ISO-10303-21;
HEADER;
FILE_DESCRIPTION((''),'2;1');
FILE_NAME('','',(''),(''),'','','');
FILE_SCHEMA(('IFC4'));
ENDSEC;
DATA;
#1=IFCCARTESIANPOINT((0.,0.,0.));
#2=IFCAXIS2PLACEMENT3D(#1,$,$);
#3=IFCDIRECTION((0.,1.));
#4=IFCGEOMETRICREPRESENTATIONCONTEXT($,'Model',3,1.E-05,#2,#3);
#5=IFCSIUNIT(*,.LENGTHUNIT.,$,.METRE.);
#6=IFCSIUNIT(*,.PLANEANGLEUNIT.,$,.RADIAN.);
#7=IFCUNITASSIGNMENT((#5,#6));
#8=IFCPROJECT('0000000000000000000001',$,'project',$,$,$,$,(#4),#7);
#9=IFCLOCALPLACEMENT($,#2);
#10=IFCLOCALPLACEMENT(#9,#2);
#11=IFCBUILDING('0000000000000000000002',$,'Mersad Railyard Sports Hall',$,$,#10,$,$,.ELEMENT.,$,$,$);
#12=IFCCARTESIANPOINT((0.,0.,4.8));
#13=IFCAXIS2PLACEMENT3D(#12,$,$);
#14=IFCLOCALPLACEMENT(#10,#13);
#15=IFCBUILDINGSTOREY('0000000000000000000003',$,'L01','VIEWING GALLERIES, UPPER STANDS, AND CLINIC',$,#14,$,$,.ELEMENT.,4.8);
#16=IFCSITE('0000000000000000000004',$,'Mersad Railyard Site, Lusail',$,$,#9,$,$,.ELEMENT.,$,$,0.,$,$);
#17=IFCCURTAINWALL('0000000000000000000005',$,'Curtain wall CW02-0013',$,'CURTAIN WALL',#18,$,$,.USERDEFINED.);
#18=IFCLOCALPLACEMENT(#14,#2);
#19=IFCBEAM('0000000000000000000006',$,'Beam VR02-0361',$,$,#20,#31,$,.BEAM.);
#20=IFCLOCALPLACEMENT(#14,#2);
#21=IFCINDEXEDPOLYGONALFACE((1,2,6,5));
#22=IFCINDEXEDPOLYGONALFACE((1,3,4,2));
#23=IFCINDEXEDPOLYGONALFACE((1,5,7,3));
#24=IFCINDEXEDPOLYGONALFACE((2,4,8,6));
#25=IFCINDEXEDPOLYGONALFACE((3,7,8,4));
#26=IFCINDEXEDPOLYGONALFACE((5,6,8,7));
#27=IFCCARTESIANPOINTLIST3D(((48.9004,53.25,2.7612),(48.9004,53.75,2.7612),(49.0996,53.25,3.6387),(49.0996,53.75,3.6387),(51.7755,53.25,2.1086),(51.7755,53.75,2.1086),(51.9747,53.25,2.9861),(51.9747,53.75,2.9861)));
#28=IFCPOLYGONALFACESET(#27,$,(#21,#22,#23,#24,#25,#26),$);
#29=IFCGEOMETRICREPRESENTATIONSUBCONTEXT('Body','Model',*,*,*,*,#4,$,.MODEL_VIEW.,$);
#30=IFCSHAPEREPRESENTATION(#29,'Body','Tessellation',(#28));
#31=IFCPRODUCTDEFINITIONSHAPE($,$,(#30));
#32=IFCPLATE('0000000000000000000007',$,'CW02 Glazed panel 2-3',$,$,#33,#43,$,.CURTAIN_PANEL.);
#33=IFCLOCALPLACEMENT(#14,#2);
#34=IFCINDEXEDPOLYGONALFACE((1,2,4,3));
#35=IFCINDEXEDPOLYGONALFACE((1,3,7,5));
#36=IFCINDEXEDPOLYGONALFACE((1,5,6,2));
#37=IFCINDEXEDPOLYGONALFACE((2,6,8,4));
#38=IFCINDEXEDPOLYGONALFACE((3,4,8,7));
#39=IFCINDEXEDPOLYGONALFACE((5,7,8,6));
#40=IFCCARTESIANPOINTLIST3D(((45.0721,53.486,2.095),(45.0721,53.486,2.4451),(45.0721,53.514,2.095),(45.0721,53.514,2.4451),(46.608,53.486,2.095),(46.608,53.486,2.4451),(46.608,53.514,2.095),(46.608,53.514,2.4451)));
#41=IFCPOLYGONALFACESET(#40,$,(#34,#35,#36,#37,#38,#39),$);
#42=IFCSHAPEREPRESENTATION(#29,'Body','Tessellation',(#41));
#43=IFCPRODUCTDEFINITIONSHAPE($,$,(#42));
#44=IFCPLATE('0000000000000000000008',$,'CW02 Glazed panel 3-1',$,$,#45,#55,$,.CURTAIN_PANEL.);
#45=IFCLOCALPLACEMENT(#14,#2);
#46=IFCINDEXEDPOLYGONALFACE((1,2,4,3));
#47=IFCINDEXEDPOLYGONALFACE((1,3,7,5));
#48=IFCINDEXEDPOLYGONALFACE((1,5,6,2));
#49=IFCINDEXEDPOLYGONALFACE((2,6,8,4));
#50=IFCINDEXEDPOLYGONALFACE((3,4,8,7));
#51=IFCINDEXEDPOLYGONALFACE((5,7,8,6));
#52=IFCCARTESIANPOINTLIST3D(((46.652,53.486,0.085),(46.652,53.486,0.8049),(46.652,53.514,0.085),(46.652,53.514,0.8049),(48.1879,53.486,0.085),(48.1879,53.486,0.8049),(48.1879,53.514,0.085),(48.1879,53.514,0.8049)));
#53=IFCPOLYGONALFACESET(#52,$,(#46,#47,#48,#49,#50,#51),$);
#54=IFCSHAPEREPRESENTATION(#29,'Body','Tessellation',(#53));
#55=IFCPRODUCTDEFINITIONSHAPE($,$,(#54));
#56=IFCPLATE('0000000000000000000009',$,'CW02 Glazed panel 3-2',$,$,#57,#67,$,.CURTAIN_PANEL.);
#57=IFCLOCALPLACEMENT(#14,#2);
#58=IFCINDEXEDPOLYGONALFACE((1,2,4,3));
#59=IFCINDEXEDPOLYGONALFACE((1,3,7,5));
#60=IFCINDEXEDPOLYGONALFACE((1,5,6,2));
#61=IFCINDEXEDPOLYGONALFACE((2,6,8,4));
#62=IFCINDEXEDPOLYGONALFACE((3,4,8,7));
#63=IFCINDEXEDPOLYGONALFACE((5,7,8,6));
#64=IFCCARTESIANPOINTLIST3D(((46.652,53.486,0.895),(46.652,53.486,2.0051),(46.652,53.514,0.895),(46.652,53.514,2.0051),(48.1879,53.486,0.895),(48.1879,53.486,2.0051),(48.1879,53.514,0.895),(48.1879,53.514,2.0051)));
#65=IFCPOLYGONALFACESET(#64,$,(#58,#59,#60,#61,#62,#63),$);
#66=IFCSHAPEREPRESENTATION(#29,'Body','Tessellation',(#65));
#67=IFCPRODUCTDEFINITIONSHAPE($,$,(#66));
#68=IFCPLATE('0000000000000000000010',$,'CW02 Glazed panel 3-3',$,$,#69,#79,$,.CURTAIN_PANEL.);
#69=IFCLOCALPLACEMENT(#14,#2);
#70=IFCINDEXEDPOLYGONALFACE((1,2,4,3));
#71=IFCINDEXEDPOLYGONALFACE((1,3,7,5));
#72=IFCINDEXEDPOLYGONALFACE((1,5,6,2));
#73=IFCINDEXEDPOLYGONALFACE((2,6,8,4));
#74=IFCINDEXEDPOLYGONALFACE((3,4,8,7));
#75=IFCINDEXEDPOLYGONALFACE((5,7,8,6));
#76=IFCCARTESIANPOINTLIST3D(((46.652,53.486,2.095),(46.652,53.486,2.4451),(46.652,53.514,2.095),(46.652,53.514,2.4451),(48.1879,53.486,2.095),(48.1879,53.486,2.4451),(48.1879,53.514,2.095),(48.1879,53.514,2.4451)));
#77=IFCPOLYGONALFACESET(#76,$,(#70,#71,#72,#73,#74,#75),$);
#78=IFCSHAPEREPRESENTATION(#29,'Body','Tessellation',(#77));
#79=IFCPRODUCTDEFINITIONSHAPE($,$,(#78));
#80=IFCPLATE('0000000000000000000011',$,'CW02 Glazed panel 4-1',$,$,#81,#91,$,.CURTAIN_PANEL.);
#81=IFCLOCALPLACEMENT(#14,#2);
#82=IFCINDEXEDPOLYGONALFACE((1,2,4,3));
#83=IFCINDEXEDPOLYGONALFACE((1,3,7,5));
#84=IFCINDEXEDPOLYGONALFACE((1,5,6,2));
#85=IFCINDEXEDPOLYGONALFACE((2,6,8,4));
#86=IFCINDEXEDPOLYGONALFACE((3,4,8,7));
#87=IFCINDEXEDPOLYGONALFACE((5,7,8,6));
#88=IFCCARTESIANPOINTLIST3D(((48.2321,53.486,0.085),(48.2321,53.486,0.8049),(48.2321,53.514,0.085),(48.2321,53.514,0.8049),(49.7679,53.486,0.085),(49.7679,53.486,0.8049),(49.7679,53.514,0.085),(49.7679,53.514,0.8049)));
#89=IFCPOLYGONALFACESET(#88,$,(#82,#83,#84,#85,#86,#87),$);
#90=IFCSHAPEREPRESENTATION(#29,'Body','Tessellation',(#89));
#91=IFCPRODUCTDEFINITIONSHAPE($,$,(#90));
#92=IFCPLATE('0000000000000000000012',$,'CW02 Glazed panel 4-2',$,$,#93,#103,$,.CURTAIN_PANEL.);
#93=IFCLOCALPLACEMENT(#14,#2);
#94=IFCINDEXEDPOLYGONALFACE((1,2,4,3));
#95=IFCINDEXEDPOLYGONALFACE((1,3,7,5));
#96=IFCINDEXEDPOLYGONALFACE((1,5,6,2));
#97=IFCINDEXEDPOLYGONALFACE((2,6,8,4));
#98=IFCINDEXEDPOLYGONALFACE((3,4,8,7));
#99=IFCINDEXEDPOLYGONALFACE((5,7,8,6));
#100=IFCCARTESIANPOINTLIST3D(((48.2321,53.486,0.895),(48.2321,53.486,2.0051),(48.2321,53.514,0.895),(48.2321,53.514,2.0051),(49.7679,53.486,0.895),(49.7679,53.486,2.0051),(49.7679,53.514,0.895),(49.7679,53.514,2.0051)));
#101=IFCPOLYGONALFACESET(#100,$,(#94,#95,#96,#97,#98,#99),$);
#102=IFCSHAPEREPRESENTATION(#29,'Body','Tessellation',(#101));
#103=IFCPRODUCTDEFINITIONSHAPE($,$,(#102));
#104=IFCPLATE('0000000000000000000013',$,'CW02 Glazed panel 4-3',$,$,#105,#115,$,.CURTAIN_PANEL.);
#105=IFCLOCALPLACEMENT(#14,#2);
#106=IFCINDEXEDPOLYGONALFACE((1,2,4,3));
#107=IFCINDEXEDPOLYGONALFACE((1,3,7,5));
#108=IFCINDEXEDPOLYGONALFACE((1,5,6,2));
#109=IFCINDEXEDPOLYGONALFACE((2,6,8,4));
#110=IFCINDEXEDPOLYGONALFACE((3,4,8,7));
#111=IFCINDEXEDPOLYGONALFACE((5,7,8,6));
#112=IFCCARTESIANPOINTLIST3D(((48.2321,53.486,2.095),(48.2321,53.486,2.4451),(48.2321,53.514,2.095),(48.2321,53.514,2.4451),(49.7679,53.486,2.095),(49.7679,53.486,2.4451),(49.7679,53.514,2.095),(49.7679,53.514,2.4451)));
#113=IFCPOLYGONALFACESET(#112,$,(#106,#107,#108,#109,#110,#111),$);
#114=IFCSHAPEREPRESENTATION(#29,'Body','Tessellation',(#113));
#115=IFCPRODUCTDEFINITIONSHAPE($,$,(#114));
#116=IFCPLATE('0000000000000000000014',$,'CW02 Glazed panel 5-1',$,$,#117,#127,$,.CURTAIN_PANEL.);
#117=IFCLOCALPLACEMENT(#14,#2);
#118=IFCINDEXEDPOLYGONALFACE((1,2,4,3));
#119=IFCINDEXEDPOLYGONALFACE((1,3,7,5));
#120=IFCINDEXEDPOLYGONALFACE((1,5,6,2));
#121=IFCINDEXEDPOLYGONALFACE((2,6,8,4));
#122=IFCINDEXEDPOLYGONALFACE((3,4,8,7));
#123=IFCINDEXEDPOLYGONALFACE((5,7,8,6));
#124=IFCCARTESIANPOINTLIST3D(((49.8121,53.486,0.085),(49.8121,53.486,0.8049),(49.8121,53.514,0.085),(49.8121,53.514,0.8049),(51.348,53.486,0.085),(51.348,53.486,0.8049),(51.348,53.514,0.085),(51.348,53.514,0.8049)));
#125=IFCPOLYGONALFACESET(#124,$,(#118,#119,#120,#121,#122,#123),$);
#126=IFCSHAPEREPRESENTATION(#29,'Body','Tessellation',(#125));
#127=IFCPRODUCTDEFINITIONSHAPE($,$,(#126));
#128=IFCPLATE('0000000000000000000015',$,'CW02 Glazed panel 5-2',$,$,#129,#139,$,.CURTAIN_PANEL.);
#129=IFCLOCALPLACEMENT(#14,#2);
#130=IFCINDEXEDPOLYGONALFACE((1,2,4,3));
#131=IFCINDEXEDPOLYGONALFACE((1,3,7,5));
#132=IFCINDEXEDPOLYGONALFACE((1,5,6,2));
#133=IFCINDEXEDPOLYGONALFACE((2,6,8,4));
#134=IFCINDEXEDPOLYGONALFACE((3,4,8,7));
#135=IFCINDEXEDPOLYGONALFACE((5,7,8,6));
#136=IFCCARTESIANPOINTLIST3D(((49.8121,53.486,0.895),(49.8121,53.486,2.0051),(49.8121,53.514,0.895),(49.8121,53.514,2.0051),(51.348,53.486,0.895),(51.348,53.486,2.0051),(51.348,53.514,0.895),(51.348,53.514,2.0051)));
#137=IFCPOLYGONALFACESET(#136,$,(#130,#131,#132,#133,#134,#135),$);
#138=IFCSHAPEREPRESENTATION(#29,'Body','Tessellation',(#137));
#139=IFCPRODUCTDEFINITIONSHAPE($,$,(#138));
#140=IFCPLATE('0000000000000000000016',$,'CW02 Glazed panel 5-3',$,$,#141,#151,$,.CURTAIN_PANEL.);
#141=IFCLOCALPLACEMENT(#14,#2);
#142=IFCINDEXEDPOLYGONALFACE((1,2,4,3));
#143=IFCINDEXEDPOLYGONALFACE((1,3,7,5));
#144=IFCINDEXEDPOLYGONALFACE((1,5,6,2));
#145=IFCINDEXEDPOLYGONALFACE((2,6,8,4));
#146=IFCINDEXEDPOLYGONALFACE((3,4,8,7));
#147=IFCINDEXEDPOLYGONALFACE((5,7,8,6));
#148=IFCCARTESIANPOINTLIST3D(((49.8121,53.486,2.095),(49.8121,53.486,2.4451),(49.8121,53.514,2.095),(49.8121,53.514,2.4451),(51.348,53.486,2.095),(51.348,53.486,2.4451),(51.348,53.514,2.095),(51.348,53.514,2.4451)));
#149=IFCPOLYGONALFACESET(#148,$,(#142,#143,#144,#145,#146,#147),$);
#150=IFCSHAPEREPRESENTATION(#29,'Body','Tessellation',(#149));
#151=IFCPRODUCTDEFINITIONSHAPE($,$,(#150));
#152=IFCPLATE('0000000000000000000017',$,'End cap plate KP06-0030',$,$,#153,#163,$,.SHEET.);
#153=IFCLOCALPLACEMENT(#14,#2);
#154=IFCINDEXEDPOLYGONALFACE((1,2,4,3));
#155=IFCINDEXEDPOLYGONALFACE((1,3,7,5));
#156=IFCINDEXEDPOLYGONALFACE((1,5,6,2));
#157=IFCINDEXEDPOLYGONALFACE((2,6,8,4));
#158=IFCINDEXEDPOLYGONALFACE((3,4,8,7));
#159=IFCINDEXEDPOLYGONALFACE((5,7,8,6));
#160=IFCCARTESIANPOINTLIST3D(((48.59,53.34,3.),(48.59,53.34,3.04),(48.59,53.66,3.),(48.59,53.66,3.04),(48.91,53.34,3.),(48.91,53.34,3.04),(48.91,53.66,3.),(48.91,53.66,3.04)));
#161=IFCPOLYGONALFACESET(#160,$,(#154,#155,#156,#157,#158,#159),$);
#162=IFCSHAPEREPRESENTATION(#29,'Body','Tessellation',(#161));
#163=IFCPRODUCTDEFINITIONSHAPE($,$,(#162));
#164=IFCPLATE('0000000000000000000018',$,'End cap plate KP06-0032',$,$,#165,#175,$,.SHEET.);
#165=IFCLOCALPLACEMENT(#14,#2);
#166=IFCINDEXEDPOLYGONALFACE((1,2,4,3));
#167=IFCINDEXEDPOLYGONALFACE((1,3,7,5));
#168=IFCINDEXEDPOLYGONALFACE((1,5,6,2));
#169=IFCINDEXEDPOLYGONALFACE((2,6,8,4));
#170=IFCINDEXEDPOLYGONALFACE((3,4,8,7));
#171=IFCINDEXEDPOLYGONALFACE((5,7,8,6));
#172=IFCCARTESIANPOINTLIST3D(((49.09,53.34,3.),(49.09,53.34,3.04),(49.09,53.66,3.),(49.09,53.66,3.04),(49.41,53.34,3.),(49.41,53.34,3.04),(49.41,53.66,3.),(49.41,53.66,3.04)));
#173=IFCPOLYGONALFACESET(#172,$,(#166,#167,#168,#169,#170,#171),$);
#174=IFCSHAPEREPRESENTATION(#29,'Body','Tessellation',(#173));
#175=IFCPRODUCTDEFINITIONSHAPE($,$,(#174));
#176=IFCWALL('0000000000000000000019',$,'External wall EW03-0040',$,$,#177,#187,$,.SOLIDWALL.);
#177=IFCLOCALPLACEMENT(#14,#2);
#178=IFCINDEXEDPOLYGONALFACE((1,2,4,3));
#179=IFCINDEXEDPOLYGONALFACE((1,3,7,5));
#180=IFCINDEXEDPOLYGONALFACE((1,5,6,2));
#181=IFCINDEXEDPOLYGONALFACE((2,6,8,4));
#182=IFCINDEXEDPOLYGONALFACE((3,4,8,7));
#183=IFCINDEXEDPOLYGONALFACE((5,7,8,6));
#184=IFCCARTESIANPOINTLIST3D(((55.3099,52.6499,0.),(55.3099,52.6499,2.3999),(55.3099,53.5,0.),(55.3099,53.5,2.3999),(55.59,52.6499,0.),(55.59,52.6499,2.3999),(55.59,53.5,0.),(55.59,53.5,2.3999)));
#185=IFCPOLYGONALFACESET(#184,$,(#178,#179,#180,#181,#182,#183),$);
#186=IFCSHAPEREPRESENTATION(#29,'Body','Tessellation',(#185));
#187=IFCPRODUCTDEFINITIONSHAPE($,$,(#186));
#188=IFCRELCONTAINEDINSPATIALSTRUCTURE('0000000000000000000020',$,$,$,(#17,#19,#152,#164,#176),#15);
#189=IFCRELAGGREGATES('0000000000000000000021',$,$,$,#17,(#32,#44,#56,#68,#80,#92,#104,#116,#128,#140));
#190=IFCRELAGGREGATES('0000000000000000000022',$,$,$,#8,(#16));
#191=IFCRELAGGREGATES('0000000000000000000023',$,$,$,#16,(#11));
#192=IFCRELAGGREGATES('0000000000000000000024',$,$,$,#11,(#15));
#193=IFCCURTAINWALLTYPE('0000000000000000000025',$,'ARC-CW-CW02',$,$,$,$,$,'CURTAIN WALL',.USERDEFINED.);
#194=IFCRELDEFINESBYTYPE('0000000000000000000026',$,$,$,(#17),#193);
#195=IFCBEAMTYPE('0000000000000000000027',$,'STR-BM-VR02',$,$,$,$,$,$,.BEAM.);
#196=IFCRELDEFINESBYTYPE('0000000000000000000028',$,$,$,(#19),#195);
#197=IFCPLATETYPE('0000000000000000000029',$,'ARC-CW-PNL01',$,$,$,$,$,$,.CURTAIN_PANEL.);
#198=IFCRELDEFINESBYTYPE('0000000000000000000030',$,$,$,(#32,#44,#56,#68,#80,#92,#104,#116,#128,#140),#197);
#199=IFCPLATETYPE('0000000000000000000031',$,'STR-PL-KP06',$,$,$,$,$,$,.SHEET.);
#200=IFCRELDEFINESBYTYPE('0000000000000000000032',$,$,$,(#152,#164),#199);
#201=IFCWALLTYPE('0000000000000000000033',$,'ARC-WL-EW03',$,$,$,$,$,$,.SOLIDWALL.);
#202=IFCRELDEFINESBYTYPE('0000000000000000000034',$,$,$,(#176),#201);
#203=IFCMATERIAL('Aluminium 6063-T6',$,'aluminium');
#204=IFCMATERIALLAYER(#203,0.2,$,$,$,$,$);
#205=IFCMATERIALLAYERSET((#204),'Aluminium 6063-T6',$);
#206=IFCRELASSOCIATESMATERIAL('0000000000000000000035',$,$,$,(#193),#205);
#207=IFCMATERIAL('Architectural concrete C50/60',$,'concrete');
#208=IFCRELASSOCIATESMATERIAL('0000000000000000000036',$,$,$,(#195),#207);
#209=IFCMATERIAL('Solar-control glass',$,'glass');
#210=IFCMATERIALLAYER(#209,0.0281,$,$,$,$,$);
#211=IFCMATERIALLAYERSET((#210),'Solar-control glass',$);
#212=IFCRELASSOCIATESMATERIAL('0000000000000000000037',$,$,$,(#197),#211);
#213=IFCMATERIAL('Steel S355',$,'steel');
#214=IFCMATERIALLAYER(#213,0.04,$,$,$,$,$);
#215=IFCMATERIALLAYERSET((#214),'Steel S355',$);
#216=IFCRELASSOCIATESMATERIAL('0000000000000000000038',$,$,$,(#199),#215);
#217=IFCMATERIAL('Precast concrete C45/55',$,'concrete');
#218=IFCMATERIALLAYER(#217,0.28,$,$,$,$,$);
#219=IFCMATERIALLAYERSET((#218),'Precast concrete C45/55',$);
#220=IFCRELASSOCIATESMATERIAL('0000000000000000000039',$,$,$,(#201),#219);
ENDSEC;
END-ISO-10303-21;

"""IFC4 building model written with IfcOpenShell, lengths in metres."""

from ifc_helpers import new_model, si_unit, direction, frame, frame_2d, origin, origin_2d, place, context, subcontext, project, spatial, rectangle, extrude, material, layer, layer_set, material_profile, profile_set, type_object, element, aggregate, save


model = new_model("IFC4")

# Units and contexts
model_context = context("Model", 3, precision=1e-05, world=origin(), true_north=direction((0.0, 1.0)))
body_context = subcontext(model_context, "Body", "Model", "MODEL_VIEW")
ifc_project = project(units=[si_unit("LENGTHUNIT", "METRE"), si_unit("PLANEANGLEUNIT", "RADIAN")], contexts=[model_context])

# Site, building, storey
site_placement = place(None, origin())
site = spatial("IfcSite", under=ifc_project, at=site_placement, Name="Mersad Railyard Site, Lusail", CompositionType="ELEMENT", RefElevation=0.0)
building_placement = place(site_placement, origin())
building = spatial("IfcBuilding", under=site, at=building_placement, Name="Mersad Railyard Sports Hall", CompositionType="ELEMENT")
storey_placement = place(building_placement, frame((0.0, 0.0, 4.8)))
storey = spatial("IfcBuildingStorey", under=building, at=storey_placement, Name="L01", Description="VIEWING GALLERIES, UPPER STANDS, AND CLINIC", CompositionType="ELEMENT", Elevation=4.8)

# Curtain wall
ifc_material_1 = material(Name="Aluminium 6063-T6", Category="aluminium")
ifc_layer_1 = layer(ifc_material_1, 0.2)
ifc_layer_set_1 = layer_set([ifc_layer_1], Name="Aluminium 6063-T6")
curtain_wall_type = type_object("IfcCurtainWallType", Name="ARC-CW-CW02", ElementType="CURTAIN WALL", PredefinedType="USERDEFINED", material=ifc_layer_set_1)
curtain_wall_placement = place(storey_placement, origin())
curtain_wall = element("IfcCurtainWall", 1, at=curtain_wall_placement, inside=storey, type_object=curtain_wall_type, Name="Curtain wall CW02-0013", ObjectType="CURTAIN WALL", PredefinedType="USERDEFINED")

# Beam
ifc_material_2 = material(Name="Architectural concrete C50/60", Category="concrete")
ifc_material_profile_1 = material_profile(ifc_material_2, rectangle(XDim=0.5, YDim=0.8999, at=origin_2d()), Name="VR 500x900")
ifc_profile_set_1 = profile_set([ifc_material_profile_1], Name="Architectural concrete C50/60")
beam_type_1 = type_object("IfcBeamType", Name="STR-BM-VR02", PredefinedType="BEAM", material=ifc_profile_set_1)
for number, where, z_axis, x_axis, name in (
    (2, (49.0, 53.5, 3.2), (0.975193, 0.0, -0.221356), (0.0, 1.0, 0.0), "Beam VR02-0361"),
):
    element("IfcBeam", number, at=place(storey_placement, frame(where, z_axis=z_axis, x_axis=x_axis)), inside=storey, type_object=beam_type_1, Name=name, PredefinedType="BEAM", context=body_context, shape_type="SweptSolid", body=[
        extrude(rectangle(XDim=0.5, YDim=0.8999, at=origin_2d()), origin(), (0.0, 0.0, 1.0), 2.9482),
    ])

# Plates
ifc_material_3 = material(Name="Solar-control glass", Category="glass")
ifc_layer_2 = layer(ifc_material_3, 0.0281)
ifc_layer_set_2 = layer_set([ifc_layer_2], Name="Solar-control glass")
plate_type_1 = type_object("IfcPlateType", Name="ARC-CW-PNL01", PredefinedType="CURTAIN_PANEL", material=ifc_layer_set_2)
plate_1_placement = place(storey_placement, frame((45.8401, 53.5, 2.095), z_axis=(0.0, 0.0, 1.0), x_axis=(1.0, 0.0, 0.0)))
plate_1 = element("IfcPlate", 3, at=plate_1_placement, type_object=plate_type_1, Name="CW02 Glazed panel 2-3", PredefinedType="CURTAIN_PANEL", context=body_context, shape_type="SweptSolid", body=[
    extrude(rectangle(XDim=1.5359, YDim=0.0281, at=origin_2d()), origin(), (0.0, 0.0, 1.0), 0.3501),
])
plate_2_placement = place(storey_placement, frame((47.4199, 53.5, 0.085), z_axis=(0.0, 0.0, 1.0), x_axis=(1.0, 0.0, 0.0)))
plate_2 = element("IfcPlate", 4, at=plate_2_placement, type_object=plate_type_1, Name="CW02 Glazed panel 3-1", PredefinedType="CURTAIN_PANEL", context=body_context, shape_type="SweptSolid", body=[
    extrude(rectangle(XDim=1.5359, YDim=0.0281, at=origin_2d()), origin(), (0.0, 0.0, 1.0), 0.72),
])
plate_3_placement = place(storey_placement, frame((47.4199, 53.5, 0.895), z_axis=(0.0, 0.0, 1.0), x_axis=(1.0, 0.0, 0.0)))
plate_3 = element("IfcPlate", 5, at=plate_3_placement, type_object=plate_type_1, Name="CW02 Glazed panel 3-2", PredefinedType="CURTAIN_PANEL", context=body_context, shape_type="SweptSolid", body=[
    extrude(rectangle(XDim=1.5359, YDim=0.0281, at=origin_2d()), origin(), (0.0, 0.0, 1.0), 1.1101),
])
plate_4_placement = place(storey_placement, frame((47.4199, 53.5, 2.095), z_axis=(0.0, 0.0, 1.0), x_axis=(1.0, 0.0, 0.0)))
plate_4 = element("IfcPlate", 6, at=plate_4_placement, type_object=plate_type_1, Name="CW02 Glazed panel 3-3", PredefinedType="CURTAIN_PANEL", context=body_context, shape_type="SweptSolid", body=[
    extrude(rectangle(XDim=1.5359, YDim=0.0281, at=origin_2d()), origin(), (0.0, 0.0, 1.0), 0.3501),
])
plate_5_placement = place(storey_placement, frame((49.0, 53.5, 0.085), z_axis=(0.0, 0.0, 1.0), x_axis=(1.0, 0.0, 0.0)))
plate_5 = element("IfcPlate", 7, at=plate_5_placement, type_object=plate_type_1, Name="CW02 Glazed panel 4-1", PredefinedType="CURTAIN_PANEL", context=body_context, shape_type="SweptSolid", body=[
    extrude(rectangle(XDim=1.5359, YDim=0.0281, at=origin_2d()), origin(), (0.0, 0.0, 1.0), 0.72),
])
plate_6_placement = place(storey_placement, frame((49.0, 53.5, 0.895), z_axis=(0.0, 0.0, 1.0), x_axis=(1.0, 0.0, 0.0)))
plate_6 = element("IfcPlate", 8, at=plate_6_placement, type_object=plate_type_1, Name="CW02 Glazed panel 4-2", PredefinedType="CURTAIN_PANEL", context=body_context, shape_type="SweptSolid", body=[
    extrude(rectangle(XDim=1.5359, YDim=0.0281, at=origin_2d()), origin(), (0.0, 0.0, 1.0), 1.1101),
])
plate_7_placement = place(storey_placement, frame((49.0, 53.5, 2.095), z_axis=(0.0, 0.0, 1.0), x_axis=(1.0, 0.0, 0.0)))
plate_7 = element("IfcPlate", 9, at=plate_7_placement, type_object=plate_type_1, Name="CW02 Glazed panel 4-3", PredefinedType="CURTAIN_PANEL", context=body_context, shape_type="SweptSolid", body=[
    extrude(rectangle(XDim=1.5359, YDim=0.0281, at=origin_2d()), origin(), (0.0, 0.0, 1.0), 0.3501),
])
plate_8_placement = place(storey_placement, frame((50.5801, 53.5, 0.085), z_axis=(0.0, 0.0, 1.0), x_axis=(1.0, 0.0, 0.0)))
plate_8 = element("IfcPlate", 10, at=plate_8_placement, type_object=plate_type_1, Name="CW02 Glazed panel 5-1", PredefinedType="CURTAIN_PANEL", context=body_context, shape_type="SweptSolid", body=[
    extrude(rectangle(XDim=1.5359, YDim=0.0281, at=origin_2d()), origin(), (0.0, 0.0, 1.0), 0.72),
])
plate_9_placement = place(storey_placement, frame((50.5801, 53.5, 0.895), z_axis=(0.0, 0.0, 1.0), x_axis=(1.0, 0.0, 0.0)))
plate_9 = element("IfcPlate", 11, at=plate_9_placement, type_object=plate_type_1, Name="CW02 Glazed panel 5-2", PredefinedType="CURTAIN_PANEL", context=body_context, shape_type="SweptSolid", body=[
    extrude(rectangle(XDim=1.5359, YDim=0.0281, at=origin_2d()), origin(), (0.0, 0.0, 1.0), 1.1101),
])
plate_10_placement = place(storey_placement, frame((50.5801, 53.5, 2.095), z_axis=(0.0, 0.0, 1.0), x_axis=(1.0, 0.0, 0.0)))
plate_10 = element("IfcPlate", 12, at=plate_10_placement, type_object=plate_type_1, Name="CW02 Glazed panel 5-3", PredefinedType="CURTAIN_PANEL", context=body_context, shape_type="SweptSolid", body=[
    extrude(rectangle(XDim=1.5359, YDim=0.0281, at=origin_2d()), origin(), (0.0, 0.0, 1.0), 0.3501),
])
aggregate(curtain_wall, [plate_1, plate_2, plate_3, plate_4, plate_5, plate_6, plate_7, plate_8, plate_9, plate_10])

# Plates
ifc_material_4 = material(Name="Steel S355", Category="steel")
ifc_layer_3 = layer(ifc_material_4, 0.04)
ifc_layer_set_3 = layer_set([ifc_layer_3], Name="Steel S355")
plate_type_2 = type_object("IfcPlateType", Name="STR-PL-KP06", PredefinedType="SHEET", material=ifc_layer_set_3)
for number, where, z_axis, x_axis, name in (
    (13, (48.75, 53.5, 3.0), (0.0, 0.0, 1.0), (1.0, 0.0, 0.0), "End cap plate KP06-0030"),
    (14, (49.25, 53.5, 3.0), (0.0, 0.0, 1.0), (1.0, 0.0, 0.0), "End cap plate KP06-0032"),
):
    element("IfcPlate", number, at=place(storey_placement, frame(where, z_axis=z_axis, x_axis=x_axis)), inside=storey, type_object=plate_type_2, Name=name, PredefinedType="SHEET", context=body_context, shape_type="SweptSolid", body=[
        extrude(rectangle(XDim=0.3201, YDim=0.3201, at=origin_2d()), origin(), (0.0, 0.0, 1.0), 0.04),
    ])

# Wall
ifc_material_5 = material(Name="Precast concrete C45/55", Category="concrete")
ifc_layer_4 = layer(ifc_material_5, 0.28)
ifc_layer_set_4 = layer_set([ifc_layer_4], Name="Precast concrete C45/55")
wall_type = type_object("IfcWallType", Name="ARC-WL-EW03", PredefinedType="SOLIDWALL", material=ifc_layer_set_4)
wall_placement = place(storey_placement, frame((55.45, 52.6499, 0.0), z_axis=(0.0, 0.0, 1.0), x_axis=(0.0, 1.0, 0.0)))
element("IfcWall", 15, at=wall_placement, inside=storey, type_object=wall_type, Name="External wall EW03-0040", PredefinedType="SOLIDWALL", context=body_context, shape_type="SweptSolid", body=[
    extrude(rectangle(XDim=0.8501, YDim=0.28, at=frame_2d((0.425, 0.0))), origin(), (0.0, 0.0, 1.0), 2.3999),
])

save(model, "model.ifc")
